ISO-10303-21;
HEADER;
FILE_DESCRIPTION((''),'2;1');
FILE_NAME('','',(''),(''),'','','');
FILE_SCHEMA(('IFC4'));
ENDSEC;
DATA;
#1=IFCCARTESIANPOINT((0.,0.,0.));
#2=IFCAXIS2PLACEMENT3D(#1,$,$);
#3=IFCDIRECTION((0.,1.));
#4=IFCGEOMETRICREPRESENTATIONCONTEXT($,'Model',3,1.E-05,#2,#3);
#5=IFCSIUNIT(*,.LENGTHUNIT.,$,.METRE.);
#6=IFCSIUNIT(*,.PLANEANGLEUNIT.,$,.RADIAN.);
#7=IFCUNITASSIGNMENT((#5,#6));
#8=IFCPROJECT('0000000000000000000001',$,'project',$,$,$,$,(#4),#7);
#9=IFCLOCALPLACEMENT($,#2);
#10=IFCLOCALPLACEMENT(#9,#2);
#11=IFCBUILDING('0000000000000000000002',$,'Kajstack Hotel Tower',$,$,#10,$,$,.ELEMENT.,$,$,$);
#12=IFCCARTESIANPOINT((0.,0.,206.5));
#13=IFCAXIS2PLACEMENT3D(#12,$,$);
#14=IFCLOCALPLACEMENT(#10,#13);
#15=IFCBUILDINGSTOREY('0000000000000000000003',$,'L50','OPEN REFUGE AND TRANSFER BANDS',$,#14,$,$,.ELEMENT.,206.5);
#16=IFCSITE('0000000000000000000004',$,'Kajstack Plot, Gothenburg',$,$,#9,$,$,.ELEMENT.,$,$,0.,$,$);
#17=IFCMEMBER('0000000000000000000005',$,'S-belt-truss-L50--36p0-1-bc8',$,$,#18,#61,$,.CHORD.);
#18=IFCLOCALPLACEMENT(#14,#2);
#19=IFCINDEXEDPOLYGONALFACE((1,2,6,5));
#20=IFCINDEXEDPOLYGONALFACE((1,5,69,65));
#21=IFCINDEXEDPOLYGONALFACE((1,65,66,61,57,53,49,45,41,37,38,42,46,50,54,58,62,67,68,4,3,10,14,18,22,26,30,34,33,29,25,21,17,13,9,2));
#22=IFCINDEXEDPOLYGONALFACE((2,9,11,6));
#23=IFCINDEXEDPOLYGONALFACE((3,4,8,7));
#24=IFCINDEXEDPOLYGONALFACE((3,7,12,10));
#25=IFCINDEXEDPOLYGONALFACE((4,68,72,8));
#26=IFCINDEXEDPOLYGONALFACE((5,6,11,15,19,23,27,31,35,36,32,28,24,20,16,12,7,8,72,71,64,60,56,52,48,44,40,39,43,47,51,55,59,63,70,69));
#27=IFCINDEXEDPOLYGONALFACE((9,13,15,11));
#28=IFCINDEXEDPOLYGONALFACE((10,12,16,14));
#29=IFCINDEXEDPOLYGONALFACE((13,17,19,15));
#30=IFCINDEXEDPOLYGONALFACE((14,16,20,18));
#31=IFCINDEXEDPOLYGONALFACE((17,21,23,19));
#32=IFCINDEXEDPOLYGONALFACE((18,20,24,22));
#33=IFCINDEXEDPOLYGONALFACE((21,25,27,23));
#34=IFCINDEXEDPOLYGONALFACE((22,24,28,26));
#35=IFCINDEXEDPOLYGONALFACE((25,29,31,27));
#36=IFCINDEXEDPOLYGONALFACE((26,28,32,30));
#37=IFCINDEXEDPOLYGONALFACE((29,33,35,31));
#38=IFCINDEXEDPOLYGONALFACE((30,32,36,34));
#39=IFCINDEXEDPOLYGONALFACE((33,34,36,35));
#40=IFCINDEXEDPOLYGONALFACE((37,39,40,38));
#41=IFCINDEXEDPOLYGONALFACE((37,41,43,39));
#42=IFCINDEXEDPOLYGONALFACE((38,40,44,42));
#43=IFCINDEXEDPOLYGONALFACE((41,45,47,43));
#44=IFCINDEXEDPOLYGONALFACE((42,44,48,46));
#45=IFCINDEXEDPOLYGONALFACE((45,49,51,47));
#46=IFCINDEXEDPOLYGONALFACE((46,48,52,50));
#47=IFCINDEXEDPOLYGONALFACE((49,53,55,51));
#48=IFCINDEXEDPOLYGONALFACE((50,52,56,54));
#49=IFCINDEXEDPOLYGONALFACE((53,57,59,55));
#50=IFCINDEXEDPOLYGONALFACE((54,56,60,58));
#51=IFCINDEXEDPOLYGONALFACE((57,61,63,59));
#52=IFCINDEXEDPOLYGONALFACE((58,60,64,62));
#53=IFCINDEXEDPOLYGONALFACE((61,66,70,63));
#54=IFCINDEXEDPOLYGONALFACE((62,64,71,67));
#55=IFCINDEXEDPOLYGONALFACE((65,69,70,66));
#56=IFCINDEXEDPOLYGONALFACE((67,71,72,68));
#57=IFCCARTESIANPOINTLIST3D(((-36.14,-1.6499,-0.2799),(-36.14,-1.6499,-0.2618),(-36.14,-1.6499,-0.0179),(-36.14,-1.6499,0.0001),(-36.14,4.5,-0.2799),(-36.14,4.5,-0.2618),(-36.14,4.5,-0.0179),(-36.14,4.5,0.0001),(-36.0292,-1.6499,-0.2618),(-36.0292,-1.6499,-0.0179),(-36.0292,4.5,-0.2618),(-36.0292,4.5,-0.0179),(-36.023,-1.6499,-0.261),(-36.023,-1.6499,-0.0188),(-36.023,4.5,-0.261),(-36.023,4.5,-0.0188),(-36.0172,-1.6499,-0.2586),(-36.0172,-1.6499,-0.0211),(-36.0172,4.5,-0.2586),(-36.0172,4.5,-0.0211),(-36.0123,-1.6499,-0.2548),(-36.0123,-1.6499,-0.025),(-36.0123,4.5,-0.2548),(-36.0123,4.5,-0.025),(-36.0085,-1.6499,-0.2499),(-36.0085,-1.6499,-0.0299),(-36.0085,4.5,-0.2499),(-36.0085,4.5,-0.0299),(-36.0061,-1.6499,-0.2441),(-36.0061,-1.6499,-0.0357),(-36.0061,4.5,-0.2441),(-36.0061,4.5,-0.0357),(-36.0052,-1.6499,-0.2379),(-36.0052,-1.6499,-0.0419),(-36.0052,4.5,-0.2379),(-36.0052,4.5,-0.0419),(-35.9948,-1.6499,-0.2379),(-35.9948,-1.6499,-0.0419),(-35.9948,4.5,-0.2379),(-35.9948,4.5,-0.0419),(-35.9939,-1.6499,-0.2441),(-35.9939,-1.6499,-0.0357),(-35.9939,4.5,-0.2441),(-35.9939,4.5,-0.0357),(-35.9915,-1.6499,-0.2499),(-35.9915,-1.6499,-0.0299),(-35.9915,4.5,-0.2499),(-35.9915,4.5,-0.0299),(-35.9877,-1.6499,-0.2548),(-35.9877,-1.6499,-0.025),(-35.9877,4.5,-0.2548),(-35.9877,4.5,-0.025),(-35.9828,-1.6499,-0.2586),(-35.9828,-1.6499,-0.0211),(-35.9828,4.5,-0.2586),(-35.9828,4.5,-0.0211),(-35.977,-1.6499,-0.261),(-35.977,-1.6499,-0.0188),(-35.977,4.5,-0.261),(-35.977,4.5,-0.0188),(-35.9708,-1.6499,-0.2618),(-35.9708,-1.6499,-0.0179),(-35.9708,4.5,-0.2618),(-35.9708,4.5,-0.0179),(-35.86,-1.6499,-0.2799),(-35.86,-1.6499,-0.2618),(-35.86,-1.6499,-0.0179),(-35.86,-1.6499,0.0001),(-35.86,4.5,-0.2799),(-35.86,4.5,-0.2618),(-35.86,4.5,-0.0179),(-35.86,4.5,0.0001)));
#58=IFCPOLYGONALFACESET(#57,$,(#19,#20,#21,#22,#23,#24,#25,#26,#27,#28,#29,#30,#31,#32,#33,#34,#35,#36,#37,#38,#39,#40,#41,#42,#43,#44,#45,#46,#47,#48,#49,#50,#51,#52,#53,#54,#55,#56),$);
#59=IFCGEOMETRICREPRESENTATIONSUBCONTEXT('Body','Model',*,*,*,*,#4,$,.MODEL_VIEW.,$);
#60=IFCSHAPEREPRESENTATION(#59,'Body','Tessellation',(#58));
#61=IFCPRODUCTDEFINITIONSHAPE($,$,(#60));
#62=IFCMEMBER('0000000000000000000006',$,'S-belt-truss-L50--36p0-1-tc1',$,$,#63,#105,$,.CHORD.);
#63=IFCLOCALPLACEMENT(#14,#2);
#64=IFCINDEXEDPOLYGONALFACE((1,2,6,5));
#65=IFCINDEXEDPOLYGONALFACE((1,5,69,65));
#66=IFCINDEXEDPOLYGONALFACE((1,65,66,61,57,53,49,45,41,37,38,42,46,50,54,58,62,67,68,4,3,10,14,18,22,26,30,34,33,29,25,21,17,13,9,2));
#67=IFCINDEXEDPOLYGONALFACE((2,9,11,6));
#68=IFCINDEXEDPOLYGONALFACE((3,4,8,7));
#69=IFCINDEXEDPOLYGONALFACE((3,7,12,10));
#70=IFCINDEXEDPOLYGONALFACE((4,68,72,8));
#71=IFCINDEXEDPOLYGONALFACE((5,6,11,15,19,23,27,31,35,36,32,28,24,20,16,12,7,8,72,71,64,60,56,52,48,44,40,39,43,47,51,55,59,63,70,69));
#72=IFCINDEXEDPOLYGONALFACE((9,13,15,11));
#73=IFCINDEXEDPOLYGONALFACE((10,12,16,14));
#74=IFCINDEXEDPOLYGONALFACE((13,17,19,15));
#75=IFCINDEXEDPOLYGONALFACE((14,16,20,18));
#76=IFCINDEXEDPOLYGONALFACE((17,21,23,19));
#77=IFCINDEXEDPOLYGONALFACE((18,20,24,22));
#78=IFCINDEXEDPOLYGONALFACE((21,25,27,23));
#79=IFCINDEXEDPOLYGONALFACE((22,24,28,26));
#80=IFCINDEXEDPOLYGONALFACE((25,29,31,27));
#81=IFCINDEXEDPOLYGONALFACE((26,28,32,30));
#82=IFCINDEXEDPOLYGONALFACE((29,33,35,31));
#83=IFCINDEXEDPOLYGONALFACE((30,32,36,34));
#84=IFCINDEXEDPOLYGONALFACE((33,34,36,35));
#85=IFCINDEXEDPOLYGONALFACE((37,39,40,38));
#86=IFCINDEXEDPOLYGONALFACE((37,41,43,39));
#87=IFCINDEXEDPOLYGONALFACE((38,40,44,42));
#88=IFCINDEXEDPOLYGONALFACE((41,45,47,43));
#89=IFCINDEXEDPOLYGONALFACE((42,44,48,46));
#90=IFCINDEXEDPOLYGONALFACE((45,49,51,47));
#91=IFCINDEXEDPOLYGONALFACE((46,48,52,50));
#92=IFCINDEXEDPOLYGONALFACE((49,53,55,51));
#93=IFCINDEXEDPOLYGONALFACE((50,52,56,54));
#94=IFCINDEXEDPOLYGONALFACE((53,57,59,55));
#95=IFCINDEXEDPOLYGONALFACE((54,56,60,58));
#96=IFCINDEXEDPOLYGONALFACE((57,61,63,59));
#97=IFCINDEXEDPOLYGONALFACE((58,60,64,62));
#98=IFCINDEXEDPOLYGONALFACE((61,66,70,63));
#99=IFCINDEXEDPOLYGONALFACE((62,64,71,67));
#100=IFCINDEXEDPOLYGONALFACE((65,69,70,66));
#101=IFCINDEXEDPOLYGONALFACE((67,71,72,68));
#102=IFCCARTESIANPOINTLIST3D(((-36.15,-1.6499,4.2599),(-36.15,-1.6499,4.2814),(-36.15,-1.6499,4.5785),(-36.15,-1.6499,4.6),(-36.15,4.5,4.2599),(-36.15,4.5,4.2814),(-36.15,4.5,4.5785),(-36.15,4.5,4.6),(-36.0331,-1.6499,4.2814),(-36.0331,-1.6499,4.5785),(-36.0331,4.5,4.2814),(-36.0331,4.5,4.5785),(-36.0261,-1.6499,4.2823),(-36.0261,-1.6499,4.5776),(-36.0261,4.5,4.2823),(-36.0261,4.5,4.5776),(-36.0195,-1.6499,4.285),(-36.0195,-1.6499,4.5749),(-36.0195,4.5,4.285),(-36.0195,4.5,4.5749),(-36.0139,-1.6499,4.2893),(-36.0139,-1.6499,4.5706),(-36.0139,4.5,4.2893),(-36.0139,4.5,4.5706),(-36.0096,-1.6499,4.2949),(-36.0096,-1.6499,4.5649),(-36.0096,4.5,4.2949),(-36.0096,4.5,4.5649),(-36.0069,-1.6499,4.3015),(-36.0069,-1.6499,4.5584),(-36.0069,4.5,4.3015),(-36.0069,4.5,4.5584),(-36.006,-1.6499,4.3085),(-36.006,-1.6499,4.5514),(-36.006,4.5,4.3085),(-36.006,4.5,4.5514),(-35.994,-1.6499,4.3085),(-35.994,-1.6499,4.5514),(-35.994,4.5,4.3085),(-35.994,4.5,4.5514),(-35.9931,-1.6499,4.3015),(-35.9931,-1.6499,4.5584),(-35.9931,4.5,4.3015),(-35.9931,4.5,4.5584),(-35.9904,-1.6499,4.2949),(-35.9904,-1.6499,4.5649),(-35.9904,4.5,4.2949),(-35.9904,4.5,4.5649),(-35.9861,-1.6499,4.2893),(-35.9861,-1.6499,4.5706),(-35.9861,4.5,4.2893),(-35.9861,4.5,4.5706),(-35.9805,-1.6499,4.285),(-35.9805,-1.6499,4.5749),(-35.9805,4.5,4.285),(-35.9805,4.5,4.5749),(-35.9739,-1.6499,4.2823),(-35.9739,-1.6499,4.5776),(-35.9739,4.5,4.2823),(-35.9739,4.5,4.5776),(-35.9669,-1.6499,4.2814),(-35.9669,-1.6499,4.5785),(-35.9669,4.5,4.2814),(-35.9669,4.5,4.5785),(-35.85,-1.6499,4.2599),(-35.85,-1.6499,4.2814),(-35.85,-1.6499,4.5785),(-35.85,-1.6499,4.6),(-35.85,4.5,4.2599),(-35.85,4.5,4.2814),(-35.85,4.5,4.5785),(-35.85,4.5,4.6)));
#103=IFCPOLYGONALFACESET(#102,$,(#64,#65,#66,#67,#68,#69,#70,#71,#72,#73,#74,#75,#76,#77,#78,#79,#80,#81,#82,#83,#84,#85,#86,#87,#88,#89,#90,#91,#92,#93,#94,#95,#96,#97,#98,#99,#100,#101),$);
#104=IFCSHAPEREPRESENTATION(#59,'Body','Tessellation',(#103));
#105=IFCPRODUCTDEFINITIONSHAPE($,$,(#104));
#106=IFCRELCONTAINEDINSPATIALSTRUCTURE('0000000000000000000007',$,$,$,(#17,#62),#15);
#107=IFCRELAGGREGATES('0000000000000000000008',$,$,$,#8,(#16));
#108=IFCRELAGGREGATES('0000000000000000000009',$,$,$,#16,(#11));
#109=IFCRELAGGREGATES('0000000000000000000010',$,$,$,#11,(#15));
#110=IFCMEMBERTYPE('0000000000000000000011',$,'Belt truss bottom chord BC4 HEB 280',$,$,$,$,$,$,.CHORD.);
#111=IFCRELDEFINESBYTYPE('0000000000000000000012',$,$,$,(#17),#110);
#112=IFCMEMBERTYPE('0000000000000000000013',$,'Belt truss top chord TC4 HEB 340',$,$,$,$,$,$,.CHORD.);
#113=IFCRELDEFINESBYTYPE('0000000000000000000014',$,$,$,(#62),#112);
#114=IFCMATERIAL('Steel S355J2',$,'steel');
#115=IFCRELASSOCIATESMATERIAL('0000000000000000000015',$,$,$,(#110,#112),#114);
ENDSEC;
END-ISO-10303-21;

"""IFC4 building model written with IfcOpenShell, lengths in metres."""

from ifc_helpers import new_model, si_unit, direction, frame, origin, origin_2d, place, context, subcontext, project, spatial, i_section, extrude, material, material_profile, profile_set, type_object, element, save


model = new_model("IFC4")

# Units and contexts
model_context = context("Model", 3, precision=1e-05, world=origin(), true_north=direction((0.0, 1.0)))
body_context = subcontext(model_context, "Body", "Model", "MODEL_VIEW")
ifc_project = project(units=[si_unit("LENGTHUNIT", "METRE"), si_unit("PLANEANGLEUNIT", "RADIAN")], contexts=[model_context])

# Site, building, storey
site_placement = place(None, origin())
site = spatial("IfcSite", under=ifc_project, at=site_placement, Name="Kajstack Plot, Gothenburg", CompositionType="ELEMENT", RefElevation=0.0)
building_placement = place(site_placement, origin())
building = spatial("IfcBuilding", under=site, at=building_placement, Name="Kajstack Hotel Tower", CompositionType="ELEMENT")
storey_placement = place(building_placement, frame((0.0, 0.0, 206.5)))
storey = spatial("IfcBuildingStorey", under=building, at=storey_placement, Name="L50", Description="OPEN REFUGE AND TRANSFER BANDS", CompositionType="ELEMENT", Elevation=206.5)

# Members
ifc_material_1 = material(Name="Steel S355J2", Category="steel")
ifc_material_profile_1 = material_profile(ifc_material_1, i_section(OverallWidth=0.28, OverallDepth=0.28, WebThickness=0.0105, FlangeThickness=0.0181, FilletRadius=0.0239, at=origin_2d()), Name="HEB 280")
ifc_profile_set_1 = profile_set([ifc_material_profile_1], Name="Steel S355J2")
member_type_1 = type_object("IfcMemberType", Name="Belt truss bottom chord BC4 HEB 280", PredefinedType="CHORD", material=ifc_profile_set_1)
member_1_placement = place(storey_placement, frame((-36.0, -1.6499, -0.1399), z_axis=(0.0, 1.0, 0.0), x_axis=(-1.0, 0.0, 0.0)))
element("IfcMember", 1, at=member_1_placement, inside=storey, type_object=member_type_1, Name="S-belt-truss-L50--36p0-1-bc8", PredefinedType="CHORD", context=body_context, shape_type="SweptSolid", body=[
    extrude(i_section(OverallWidth=0.28, OverallDepth=0.28, WebThickness=0.0105, FlangeThickness=0.0181, FilletRadius=0.0239, at=origin_2d()), origin(), (0.0, 0.0, 1.0), 6.1499),
])
ifc_material_profile_2 = material_profile(ifc_material_1, i_section(OverallWidth=0.3, OverallDepth=0.3401, WebThickness=0.012, FlangeThickness=0.0215, FilletRadius=0.0271, at=origin_2d()), Name="HEB 340")
ifc_profile_set_2 = profile_set([ifc_material_profile_2], Name="Steel S355J2")
member_type_2 = type_object("IfcMemberType", Name="Belt truss top chord TC4 HEB 340", PredefinedType="CHORD", material=ifc_profile_set_2)
member_2_placement = place(storey_placement, frame((-36.0, -1.6499, 4.4299), z_axis=(0.0, 1.0, 0.0), x_axis=(-1.0, 0.0, 0.0)))
element("IfcMember", 2, at=member_2_placement, inside=storey, type_object=member_type_2, Name="S-belt-truss-L50--36p0-1-tc1", PredefinedType="CHORD", context=body_context, shape_type="SweptSolid", body=[
    extrude(i_section(OverallWidth=0.3, OverallDepth=0.3401, WebThickness=0.012, FlangeThickness=0.0215, FilletRadius=0.0271, at=origin_2d()), origin(), (0.0, 0.0, 1.0), 6.1499),
])

save(model, "model.ifc")
